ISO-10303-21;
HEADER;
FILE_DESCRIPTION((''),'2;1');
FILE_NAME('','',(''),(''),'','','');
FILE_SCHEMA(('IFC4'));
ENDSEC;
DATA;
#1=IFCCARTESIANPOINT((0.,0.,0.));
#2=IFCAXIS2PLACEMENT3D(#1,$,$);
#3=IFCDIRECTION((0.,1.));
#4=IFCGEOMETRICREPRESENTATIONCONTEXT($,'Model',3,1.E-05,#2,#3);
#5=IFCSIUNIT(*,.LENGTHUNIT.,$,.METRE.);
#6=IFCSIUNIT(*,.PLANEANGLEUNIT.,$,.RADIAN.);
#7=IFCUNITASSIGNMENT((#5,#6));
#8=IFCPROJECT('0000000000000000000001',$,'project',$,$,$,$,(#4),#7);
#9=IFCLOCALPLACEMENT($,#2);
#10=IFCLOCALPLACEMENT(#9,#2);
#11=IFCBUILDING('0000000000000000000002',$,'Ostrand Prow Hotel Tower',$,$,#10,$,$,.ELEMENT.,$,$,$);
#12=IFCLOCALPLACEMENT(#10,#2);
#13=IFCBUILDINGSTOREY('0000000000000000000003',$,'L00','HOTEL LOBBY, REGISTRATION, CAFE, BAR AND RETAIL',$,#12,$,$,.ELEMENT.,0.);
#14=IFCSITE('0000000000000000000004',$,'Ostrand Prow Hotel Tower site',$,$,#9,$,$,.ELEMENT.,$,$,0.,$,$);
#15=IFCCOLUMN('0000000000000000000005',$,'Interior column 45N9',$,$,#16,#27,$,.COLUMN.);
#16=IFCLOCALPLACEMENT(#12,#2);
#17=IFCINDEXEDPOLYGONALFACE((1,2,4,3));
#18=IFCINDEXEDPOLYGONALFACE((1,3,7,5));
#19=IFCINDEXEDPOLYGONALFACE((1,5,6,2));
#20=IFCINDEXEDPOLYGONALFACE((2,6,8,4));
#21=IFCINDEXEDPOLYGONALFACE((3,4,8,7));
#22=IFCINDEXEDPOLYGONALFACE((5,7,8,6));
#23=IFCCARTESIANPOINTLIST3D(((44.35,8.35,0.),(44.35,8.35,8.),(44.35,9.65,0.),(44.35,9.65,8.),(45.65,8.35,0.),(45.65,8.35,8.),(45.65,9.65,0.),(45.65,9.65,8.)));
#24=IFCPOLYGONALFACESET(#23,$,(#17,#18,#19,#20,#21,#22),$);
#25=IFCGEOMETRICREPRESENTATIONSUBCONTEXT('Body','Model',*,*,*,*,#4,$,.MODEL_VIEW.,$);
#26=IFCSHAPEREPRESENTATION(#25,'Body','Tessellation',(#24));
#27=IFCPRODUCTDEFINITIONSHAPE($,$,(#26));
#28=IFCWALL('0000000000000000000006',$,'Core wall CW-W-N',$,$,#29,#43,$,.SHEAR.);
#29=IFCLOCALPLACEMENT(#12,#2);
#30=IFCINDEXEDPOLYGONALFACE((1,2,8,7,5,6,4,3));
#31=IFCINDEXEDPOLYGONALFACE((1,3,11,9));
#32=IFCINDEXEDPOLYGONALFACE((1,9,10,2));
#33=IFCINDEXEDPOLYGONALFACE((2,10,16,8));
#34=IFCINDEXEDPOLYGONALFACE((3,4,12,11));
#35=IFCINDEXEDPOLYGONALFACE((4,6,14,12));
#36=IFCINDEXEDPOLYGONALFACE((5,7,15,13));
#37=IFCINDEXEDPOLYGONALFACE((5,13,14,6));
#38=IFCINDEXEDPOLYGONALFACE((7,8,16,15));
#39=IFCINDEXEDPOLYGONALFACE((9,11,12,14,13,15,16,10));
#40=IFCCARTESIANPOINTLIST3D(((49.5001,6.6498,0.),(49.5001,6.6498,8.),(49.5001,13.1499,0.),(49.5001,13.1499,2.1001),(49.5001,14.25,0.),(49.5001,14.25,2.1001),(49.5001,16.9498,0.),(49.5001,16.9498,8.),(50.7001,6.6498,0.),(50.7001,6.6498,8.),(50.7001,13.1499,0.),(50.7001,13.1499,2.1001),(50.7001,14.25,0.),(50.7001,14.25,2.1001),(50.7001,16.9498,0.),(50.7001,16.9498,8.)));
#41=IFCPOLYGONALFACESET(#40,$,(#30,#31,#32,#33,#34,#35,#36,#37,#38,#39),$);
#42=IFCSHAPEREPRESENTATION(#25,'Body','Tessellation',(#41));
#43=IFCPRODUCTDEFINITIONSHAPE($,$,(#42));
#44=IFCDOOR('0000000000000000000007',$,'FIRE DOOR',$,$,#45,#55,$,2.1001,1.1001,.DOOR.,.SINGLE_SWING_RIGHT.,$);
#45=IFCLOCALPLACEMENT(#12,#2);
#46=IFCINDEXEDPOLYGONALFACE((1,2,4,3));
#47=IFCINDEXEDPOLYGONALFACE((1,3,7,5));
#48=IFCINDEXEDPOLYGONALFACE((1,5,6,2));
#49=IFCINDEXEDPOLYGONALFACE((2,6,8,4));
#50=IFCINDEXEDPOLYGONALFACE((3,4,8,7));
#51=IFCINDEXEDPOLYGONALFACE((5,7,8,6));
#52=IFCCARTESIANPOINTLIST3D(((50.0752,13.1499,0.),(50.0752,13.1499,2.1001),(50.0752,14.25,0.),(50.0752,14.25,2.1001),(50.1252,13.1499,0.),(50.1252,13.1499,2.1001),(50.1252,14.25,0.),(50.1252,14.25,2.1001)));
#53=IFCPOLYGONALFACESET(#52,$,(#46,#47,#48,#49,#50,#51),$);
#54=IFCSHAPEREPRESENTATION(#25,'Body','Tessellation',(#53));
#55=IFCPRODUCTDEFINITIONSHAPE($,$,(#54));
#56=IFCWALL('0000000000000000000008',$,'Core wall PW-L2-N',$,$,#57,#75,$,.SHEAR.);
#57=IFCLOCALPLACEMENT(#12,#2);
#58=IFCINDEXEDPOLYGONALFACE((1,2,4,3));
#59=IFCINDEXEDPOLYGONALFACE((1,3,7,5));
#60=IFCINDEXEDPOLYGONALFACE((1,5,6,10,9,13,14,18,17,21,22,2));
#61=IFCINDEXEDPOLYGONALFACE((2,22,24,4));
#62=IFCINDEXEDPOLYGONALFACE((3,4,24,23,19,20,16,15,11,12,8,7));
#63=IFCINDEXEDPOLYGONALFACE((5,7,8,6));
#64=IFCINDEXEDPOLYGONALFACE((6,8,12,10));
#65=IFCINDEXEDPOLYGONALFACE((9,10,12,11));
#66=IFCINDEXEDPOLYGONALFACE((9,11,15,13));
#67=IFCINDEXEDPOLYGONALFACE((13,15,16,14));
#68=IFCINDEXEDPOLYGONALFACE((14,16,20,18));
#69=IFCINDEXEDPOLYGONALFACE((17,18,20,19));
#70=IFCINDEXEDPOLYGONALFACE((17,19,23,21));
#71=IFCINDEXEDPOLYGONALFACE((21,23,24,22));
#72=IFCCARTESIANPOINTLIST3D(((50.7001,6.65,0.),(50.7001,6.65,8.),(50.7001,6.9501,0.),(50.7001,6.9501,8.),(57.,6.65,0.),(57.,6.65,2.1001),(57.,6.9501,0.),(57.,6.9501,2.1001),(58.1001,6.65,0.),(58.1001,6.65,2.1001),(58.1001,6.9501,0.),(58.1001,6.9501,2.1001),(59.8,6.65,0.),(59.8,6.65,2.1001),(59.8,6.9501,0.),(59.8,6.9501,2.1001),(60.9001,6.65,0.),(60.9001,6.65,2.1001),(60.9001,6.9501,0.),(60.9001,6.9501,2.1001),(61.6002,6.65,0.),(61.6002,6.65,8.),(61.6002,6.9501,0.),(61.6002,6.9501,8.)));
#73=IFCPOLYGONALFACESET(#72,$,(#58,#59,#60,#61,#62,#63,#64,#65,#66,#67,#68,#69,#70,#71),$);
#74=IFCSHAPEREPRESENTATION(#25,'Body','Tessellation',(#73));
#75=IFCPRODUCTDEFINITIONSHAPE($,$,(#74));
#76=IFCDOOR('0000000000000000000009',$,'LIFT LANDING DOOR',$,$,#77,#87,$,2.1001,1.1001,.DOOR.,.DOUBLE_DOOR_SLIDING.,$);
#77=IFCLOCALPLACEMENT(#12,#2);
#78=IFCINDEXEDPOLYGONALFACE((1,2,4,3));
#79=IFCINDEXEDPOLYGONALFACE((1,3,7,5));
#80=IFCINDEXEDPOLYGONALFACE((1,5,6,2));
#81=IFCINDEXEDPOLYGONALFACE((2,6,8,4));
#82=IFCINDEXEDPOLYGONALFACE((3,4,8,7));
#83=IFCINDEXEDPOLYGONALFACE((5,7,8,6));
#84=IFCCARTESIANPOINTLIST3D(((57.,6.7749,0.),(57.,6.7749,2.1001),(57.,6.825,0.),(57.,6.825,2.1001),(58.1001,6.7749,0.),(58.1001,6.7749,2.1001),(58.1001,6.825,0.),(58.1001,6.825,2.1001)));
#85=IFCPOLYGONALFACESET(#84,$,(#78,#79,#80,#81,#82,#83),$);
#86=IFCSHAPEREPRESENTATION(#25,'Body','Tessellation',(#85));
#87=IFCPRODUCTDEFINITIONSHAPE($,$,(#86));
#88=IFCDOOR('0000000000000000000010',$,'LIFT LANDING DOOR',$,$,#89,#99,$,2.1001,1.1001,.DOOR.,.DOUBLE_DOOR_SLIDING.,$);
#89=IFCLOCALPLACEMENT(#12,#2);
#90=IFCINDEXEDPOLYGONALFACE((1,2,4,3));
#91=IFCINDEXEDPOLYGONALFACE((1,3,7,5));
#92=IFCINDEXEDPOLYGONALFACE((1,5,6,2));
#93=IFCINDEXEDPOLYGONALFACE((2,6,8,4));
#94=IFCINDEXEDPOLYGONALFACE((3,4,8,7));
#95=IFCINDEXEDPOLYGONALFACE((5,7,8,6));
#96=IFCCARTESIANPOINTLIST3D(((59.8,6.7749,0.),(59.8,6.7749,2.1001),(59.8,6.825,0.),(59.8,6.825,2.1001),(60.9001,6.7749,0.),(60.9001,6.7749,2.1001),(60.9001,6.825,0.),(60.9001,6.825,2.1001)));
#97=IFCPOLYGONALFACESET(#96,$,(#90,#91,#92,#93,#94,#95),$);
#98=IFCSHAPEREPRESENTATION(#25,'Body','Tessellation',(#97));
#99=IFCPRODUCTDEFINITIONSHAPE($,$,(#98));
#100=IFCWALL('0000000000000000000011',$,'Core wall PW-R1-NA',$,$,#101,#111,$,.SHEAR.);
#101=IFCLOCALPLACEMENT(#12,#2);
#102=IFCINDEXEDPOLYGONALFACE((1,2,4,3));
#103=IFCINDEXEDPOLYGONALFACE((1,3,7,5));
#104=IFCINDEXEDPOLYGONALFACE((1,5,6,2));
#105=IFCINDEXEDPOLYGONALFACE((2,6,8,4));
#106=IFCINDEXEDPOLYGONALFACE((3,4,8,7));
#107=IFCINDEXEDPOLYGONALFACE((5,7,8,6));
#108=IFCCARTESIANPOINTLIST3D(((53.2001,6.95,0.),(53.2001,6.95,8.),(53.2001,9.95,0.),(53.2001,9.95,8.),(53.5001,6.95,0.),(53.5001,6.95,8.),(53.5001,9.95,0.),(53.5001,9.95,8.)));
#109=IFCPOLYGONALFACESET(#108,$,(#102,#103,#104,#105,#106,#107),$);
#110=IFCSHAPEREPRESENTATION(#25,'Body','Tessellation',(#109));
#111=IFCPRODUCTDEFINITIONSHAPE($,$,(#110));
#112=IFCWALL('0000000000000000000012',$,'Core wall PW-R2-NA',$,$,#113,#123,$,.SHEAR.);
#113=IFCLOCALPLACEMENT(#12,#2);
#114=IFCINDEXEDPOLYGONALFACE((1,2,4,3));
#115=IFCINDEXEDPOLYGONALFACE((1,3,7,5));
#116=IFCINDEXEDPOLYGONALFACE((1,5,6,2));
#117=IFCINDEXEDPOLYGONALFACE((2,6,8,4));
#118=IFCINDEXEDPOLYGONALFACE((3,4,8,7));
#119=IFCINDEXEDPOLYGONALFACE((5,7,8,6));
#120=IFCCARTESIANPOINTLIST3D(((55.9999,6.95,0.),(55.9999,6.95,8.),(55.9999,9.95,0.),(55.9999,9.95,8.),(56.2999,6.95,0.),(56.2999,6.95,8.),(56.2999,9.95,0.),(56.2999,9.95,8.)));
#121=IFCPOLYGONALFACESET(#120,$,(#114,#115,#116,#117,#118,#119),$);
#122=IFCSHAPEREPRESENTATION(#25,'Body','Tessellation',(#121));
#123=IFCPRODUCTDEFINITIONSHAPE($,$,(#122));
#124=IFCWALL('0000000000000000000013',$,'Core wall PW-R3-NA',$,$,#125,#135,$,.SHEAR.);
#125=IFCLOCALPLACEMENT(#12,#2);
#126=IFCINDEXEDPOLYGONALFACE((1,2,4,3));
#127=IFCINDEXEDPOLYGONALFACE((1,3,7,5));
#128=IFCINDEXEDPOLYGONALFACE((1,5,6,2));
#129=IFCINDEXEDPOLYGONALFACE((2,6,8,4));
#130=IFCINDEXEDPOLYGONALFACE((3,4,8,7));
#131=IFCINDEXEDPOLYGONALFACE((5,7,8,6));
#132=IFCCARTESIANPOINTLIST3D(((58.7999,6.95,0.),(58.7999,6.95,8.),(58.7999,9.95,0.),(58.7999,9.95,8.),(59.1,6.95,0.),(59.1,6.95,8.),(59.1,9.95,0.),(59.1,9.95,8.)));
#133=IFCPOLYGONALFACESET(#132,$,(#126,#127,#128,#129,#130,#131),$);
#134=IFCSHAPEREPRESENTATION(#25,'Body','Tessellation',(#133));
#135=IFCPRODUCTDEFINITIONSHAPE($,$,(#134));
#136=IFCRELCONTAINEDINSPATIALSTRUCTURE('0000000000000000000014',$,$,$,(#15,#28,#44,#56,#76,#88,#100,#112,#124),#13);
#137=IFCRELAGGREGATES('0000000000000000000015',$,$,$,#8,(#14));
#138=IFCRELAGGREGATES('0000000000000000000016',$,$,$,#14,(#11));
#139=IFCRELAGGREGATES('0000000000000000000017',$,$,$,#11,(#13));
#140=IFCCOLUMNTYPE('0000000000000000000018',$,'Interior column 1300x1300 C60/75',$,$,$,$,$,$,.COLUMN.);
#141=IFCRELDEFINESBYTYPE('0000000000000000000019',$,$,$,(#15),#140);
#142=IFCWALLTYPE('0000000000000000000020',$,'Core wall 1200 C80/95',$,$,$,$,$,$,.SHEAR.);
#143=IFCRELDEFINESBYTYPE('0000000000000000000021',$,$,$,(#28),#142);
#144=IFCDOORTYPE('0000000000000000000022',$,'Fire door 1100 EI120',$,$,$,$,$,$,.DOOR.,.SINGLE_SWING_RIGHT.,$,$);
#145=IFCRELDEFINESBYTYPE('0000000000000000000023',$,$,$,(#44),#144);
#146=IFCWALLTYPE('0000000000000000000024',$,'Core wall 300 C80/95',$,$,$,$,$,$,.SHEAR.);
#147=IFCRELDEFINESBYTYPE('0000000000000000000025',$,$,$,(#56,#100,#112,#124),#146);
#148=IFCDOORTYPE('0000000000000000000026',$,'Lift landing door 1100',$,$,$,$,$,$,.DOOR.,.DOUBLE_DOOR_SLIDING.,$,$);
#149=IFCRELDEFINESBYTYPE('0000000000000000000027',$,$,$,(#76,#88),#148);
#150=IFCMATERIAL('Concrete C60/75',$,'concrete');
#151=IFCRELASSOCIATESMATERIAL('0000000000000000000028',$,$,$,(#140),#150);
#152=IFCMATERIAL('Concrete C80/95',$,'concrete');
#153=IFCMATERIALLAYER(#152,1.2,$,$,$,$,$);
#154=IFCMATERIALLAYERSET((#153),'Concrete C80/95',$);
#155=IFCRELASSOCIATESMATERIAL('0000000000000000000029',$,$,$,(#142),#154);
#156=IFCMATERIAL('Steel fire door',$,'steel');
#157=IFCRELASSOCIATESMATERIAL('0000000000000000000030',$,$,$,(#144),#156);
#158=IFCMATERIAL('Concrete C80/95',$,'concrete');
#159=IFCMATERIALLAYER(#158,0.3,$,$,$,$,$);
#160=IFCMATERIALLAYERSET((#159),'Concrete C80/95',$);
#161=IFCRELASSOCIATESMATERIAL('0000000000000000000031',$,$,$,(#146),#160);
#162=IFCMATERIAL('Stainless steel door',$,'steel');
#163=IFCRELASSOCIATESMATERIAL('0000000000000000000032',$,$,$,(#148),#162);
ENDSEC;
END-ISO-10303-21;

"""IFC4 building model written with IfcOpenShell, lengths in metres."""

from ifc_helpers import new_model, si_unit, direction, frame, frame_2d, origin, origin_2d, place, context, subcontext, project, spatial, rectangle, extrude, material, layer, layer_set, material_profile, profile_set, type_object, element, fill, save


model = new_model("IFC4")

# Units and contexts
model_context = context("Model", 3, precision=1e-05, world=origin(), true_north=direction((0.0, 1.0)))
body_context = subcontext(model_context, "Body", "Model", "MODEL_VIEW")
ifc_project = project(units=[si_unit("LENGTHUNIT", "METRE"), si_unit("PLANEANGLEUNIT", "RADIAN")], contexts=[model_context])

# Site, building, storey
site_placement = place(None, origin())
site = spatial("IfcSite", under=ifc_project, at=site_placement, Name="Ostrand Prow Hotel Tower site", CompositionType="ELEMENT", RefElevation=0.0)
building_placement = place(site_placement, origin())
building = spatial("IfcBuilding", under=site, at=building_placement, Name="Ostrand Prow Hotel Tower", CompositionType="ELEMENT")
storey_placement = place(building_placement, origin())
storey = spatial("IfcBuildingStorey", under=building, at=storey_placement, Name="L00", Description="HOTEL LOBBY, REGISTRATION, CAFE, BAR AND RETAIL", CompositionType="ELEMENT", Elevation=0.0)

# Column
ifc_material_1 = material(Name="Concrete C60/75", Category="concrete")
ifc_material_profile = material_profile(ifc_material_1, rectangle(XDim=1.3, YDim=1.3, at=origin_2d()), Name="RC 1300x1300")
ifc_profile_set = profile_set([ifc_material_profile], Name="Concrete C60/75")
column_type = type_object("IfcColumnType", Name="Interior column 1300x1300 C60/75", PredefinedType="COLUMN", material=ifc_profile_set)
column_placement = place(storey_placement, frame((45.0, 9.0, 0.0), z_axis=(0.0, 0.0, 1.0), x_axis=(1.0, 0.0, 0.0)))
element("IfcColumn", 1, at=column_placement, inside=storey, type_object=column_type, Name="Interior column 45N9", PredefinedType="COLUMN", context=body_context, shape_type="SweptSolid", body=[
    extrude(rectangle(XDim=1.3, YDim=1.3, at=origin_2d()), origin(), (0.0, 0.0, 1.0), 8.0),
])

# Wall, opening, door
ifc_material_2 = material(Name="Concrete C80/95", Category="concrete")
ifc_layer_1 = layer(ifc_material_2, 1.2)
ifc_layer_set_1 = layer_set([ifc_layer_1], Name="Concrete C80/95")
wall_type_1 = type_object("IfcWallType", Name="Core wall 1200 C80/95", PredefinedType="SHEAR", material=ifc_layer_set_1)
wall_1_placement = place(storey_placement, frame((50.1001, 6.6499, 0.0), z_axis=(0.0, 0.0, 1.0), x_axis=(0.0, 1.0, 0.0)))
wall_1 = element("IfcWall", 2, at=wall_1_placement, inside=storey, type_object=wall_type_1, Name="Core wall CW-W-N", PredefinedType="SHEAR", context=body_context, shape_type="SweptSolid", body=[
    extrude(rectangle(XDim=10.3, YDim=1.2, at=frame_2d((5.1499, 0.0))), origin(), (0.0, 0.0, 1.0), 8.0),
])
opening_1_placement = place(wall_1_placement, frame((6.5, 0.0, 0.0)))
opening_1 = element("IfcOpeningElement", 3, at=opening_1_placement, cuts=wall_1, PredefinedType="OPENING", context=body_context, shape_type="SweptSolid", body=[
    extrude(rectangle(XDim=1.1001, YDim=2.1001, at=frame_2d((0.55, 1.05))), frame((0.0, 0.6099, 0.0), z_axis=(0.0, -1.0, 0.0), x_axis=(1.0, 0.0, 0.0)), (0.0, 0.0, 1.0), 1.22),
])
ifc_material_3 = material(Name="Steel fire door", Category="steel")
door_type_1 = type_object("IfcDoorType", Name="Fire door 1100 EI120", OperationType="SINGLE_SWING_RIGHT", PredefinedType="DOOR", material=ifc_material_3)
door_1_placement = place(opening_1_placement, origin())
door_1 = element("IfcDoor", 4, at=door_1_placement, inside=storey, type_object=door_type_1, Name="FIRE DOOR", OperationType="SINGLE_SWING_RIGHT", OverallHeight=2.1001, OverallWidth=1.1001, PredefinedType="DOOR", context=body_context, shape_type="SweptSolid", body=[
    extrude(rectangle(XDim=1.1001, YDim=2.1001, at=frame_2d((0.55, 1.05))), frame((0.0, 0.0249, 0.0), z_axis=(0.0, -1.0, 0.0), x_axis=(1.0, 0.0, 0.0)), (0.0, 0.0, 1.0), 0.05),
])
fill(opening_1, door_1)

# Wall, openings, doors
ifc_material_4 = material(Name="Concrete C80/95", Category="concrete")
ifc_layer_2 = layer(ifc_material_4, 0.3)
ifc_layer_set_2 = layer_set([ifc_layer_2], Name="Concrete C80/95")
wall_type_2 = type_object("IfcWallType", Name="Core wall 300 C80/95", PredefinedType="SHEAR", material=ifc_layer_set_2)
wall_2_placement = place(storey_placement, frame((50.7, 6.8, 0.0), z_axis=(0.0, 0.0, 1.0), x_axis=(1.0, 0.0, 0.0)))
wall_2 = element("IfcWall", 5, at=wall_2_placement, inside=storey, type_object=wall_type_2, Name="Core wall PW-L2-N", PredefinedType="SHEAR", context=body_context, shape_type="SweptSolid", body=[
    extrude(rectangle(XDim=10.9001, YDim=0.3, at=frame_2d((5.4502, 0.0))), origin(), (0.0, 0.0, 1.0), 8.0),
])
opening_2_placement = place(wall_2_placement, frame((6.3, 0.0, 0.0)))
opening_2 = element("IfcOpeningElement", 6, at=opening_2_placement, cuts=wall_2, PredefinedType="OPENING", context=body_context, shape_type="SweptSolid", body=[
    extrude(rectangle(XDim=1.1001, YDim=2.1001, at=frame_2d((0.55, 1.05))), frame((0.0, 0.1599, 0.0), z_axis=(0.0, -1.0, 0.0), x_axis=(1.0, 0.0, 0.0)), (0.0, 0.0, 1.0), 0.3201),
])
opening_3_placement = place(wall_2_placement, frame((9.1001, 0.0, 0.0)))
opening_3 = element("IfcOpeningElement", 7, at=opening_3_placement, cuts=wall_2, PredefinedType="OPENING", context=body_context, shape_type="SweptSolid", body=[
    extrude(rectangle(XDim=1.1001, YDim=2.1001, at=frame_2d((0.55, 1.05))), frame((0.0, 0.1599, 0.0), z_axis=(0.0, -1.0, 0.0), x_axis=(1.0, 0.0, 0.0)), (0.0, 0.0, 1.0), 0.3201),
])
ifc_material_5 = material(Name="Stainless steel door", Category="steel")
door_type_2 = type_object("IfcDoorType", Name="Lift landing door 1100", OperationType="DOUBLE_DOOR_SLIDING", PredefinedType="DOOR", material=ifc_material_5)
door_2_placement = place(opening_2_placement, origin())
door_2 = element("IfcDoor", 8, at=door_2_placement, inside=storey, type_object=door_type_2, Name="LIFT LANDING DOOR", OperationType="DOUBLE_DOOR_SLIDING", OverallHeight=2.1001, OverallWidth=1.1001, PredefinedType="DOOR", context=body_context, shape_type="SweptSolid", body=[
    extrude(rectangle(XDim=1.1001, YDim=2.1001, at=frame_2d((0.55, 1.05))), frame((0.0, 0.0249, 0.0), z_axis=(0.0, -1.0, 0.0), x_axis=(1.0, 0.0, 0.0)), (0.0, 0.0, 1.0), 0.05),
])
fill(opening_2, door_2)
door_3_placement = place(opening_3_placement, origin())
door_3 = element("IfcDoor", 9, at=door_3_placement, inside=storey, type_object=door_type_2, Name="LIFT LANDING DOOR", OperationType="DOUBLE_DOOR_SLIDING", OverallHeight=2.1001, OverallWidth=1.1001, PredefinedType="DOOR", context=body_context, shape_type="SweptSolid", body=[
    extrude(rectangle(XDim=1.1001, YDim=2.1001, at=frame_2d((0.55, 1.05))), frame((0.0, 0.0249, 0.0), z_axis=(0.0, -1.0, 0.0), x_axis=(1.0, 0.0, 0.0)), (0.0, 0.0, 1.0), 0.05),
])
fill(opening_3, door_3)

# Walls
for number, where, z_axis, x_axis, name in (
    (10, (53.3501, 6.95, 0.0), (0.0, 0.0, 1.0), (0.0, 1.0, 0.0), "Core wall PW-R1-NA"),
    (11, (56.1499, 6.95, 0.0), (0.0, 0.0, 1.0), (0.0, 1.0, 0.0), "Core wall PW-R2-NA"),
    (12, (58.95, 6.95, 0.0), (0.0, 0.0, 1.0), (0.0, 1.0, 0.0), "Core wall PW-R3-NA"),
):
    element("IfcWall", number, at=place(storey_placement, frame(where, z_axis=z_axis, x_axis=x_axis)), inside=storey, type_object=wall_type_2, Name=name, PredefinedType="SHEAR", context=body_context, shape_type="SweptSolid", body=[
        extrude(rectangle(XDim=3.0, YDim=0.3, at=frame_2d((1.5, 0.0))), origin(), (0.0, 0.0, 1.0), 8.0),
    ])

save(model, "model.ifc")
